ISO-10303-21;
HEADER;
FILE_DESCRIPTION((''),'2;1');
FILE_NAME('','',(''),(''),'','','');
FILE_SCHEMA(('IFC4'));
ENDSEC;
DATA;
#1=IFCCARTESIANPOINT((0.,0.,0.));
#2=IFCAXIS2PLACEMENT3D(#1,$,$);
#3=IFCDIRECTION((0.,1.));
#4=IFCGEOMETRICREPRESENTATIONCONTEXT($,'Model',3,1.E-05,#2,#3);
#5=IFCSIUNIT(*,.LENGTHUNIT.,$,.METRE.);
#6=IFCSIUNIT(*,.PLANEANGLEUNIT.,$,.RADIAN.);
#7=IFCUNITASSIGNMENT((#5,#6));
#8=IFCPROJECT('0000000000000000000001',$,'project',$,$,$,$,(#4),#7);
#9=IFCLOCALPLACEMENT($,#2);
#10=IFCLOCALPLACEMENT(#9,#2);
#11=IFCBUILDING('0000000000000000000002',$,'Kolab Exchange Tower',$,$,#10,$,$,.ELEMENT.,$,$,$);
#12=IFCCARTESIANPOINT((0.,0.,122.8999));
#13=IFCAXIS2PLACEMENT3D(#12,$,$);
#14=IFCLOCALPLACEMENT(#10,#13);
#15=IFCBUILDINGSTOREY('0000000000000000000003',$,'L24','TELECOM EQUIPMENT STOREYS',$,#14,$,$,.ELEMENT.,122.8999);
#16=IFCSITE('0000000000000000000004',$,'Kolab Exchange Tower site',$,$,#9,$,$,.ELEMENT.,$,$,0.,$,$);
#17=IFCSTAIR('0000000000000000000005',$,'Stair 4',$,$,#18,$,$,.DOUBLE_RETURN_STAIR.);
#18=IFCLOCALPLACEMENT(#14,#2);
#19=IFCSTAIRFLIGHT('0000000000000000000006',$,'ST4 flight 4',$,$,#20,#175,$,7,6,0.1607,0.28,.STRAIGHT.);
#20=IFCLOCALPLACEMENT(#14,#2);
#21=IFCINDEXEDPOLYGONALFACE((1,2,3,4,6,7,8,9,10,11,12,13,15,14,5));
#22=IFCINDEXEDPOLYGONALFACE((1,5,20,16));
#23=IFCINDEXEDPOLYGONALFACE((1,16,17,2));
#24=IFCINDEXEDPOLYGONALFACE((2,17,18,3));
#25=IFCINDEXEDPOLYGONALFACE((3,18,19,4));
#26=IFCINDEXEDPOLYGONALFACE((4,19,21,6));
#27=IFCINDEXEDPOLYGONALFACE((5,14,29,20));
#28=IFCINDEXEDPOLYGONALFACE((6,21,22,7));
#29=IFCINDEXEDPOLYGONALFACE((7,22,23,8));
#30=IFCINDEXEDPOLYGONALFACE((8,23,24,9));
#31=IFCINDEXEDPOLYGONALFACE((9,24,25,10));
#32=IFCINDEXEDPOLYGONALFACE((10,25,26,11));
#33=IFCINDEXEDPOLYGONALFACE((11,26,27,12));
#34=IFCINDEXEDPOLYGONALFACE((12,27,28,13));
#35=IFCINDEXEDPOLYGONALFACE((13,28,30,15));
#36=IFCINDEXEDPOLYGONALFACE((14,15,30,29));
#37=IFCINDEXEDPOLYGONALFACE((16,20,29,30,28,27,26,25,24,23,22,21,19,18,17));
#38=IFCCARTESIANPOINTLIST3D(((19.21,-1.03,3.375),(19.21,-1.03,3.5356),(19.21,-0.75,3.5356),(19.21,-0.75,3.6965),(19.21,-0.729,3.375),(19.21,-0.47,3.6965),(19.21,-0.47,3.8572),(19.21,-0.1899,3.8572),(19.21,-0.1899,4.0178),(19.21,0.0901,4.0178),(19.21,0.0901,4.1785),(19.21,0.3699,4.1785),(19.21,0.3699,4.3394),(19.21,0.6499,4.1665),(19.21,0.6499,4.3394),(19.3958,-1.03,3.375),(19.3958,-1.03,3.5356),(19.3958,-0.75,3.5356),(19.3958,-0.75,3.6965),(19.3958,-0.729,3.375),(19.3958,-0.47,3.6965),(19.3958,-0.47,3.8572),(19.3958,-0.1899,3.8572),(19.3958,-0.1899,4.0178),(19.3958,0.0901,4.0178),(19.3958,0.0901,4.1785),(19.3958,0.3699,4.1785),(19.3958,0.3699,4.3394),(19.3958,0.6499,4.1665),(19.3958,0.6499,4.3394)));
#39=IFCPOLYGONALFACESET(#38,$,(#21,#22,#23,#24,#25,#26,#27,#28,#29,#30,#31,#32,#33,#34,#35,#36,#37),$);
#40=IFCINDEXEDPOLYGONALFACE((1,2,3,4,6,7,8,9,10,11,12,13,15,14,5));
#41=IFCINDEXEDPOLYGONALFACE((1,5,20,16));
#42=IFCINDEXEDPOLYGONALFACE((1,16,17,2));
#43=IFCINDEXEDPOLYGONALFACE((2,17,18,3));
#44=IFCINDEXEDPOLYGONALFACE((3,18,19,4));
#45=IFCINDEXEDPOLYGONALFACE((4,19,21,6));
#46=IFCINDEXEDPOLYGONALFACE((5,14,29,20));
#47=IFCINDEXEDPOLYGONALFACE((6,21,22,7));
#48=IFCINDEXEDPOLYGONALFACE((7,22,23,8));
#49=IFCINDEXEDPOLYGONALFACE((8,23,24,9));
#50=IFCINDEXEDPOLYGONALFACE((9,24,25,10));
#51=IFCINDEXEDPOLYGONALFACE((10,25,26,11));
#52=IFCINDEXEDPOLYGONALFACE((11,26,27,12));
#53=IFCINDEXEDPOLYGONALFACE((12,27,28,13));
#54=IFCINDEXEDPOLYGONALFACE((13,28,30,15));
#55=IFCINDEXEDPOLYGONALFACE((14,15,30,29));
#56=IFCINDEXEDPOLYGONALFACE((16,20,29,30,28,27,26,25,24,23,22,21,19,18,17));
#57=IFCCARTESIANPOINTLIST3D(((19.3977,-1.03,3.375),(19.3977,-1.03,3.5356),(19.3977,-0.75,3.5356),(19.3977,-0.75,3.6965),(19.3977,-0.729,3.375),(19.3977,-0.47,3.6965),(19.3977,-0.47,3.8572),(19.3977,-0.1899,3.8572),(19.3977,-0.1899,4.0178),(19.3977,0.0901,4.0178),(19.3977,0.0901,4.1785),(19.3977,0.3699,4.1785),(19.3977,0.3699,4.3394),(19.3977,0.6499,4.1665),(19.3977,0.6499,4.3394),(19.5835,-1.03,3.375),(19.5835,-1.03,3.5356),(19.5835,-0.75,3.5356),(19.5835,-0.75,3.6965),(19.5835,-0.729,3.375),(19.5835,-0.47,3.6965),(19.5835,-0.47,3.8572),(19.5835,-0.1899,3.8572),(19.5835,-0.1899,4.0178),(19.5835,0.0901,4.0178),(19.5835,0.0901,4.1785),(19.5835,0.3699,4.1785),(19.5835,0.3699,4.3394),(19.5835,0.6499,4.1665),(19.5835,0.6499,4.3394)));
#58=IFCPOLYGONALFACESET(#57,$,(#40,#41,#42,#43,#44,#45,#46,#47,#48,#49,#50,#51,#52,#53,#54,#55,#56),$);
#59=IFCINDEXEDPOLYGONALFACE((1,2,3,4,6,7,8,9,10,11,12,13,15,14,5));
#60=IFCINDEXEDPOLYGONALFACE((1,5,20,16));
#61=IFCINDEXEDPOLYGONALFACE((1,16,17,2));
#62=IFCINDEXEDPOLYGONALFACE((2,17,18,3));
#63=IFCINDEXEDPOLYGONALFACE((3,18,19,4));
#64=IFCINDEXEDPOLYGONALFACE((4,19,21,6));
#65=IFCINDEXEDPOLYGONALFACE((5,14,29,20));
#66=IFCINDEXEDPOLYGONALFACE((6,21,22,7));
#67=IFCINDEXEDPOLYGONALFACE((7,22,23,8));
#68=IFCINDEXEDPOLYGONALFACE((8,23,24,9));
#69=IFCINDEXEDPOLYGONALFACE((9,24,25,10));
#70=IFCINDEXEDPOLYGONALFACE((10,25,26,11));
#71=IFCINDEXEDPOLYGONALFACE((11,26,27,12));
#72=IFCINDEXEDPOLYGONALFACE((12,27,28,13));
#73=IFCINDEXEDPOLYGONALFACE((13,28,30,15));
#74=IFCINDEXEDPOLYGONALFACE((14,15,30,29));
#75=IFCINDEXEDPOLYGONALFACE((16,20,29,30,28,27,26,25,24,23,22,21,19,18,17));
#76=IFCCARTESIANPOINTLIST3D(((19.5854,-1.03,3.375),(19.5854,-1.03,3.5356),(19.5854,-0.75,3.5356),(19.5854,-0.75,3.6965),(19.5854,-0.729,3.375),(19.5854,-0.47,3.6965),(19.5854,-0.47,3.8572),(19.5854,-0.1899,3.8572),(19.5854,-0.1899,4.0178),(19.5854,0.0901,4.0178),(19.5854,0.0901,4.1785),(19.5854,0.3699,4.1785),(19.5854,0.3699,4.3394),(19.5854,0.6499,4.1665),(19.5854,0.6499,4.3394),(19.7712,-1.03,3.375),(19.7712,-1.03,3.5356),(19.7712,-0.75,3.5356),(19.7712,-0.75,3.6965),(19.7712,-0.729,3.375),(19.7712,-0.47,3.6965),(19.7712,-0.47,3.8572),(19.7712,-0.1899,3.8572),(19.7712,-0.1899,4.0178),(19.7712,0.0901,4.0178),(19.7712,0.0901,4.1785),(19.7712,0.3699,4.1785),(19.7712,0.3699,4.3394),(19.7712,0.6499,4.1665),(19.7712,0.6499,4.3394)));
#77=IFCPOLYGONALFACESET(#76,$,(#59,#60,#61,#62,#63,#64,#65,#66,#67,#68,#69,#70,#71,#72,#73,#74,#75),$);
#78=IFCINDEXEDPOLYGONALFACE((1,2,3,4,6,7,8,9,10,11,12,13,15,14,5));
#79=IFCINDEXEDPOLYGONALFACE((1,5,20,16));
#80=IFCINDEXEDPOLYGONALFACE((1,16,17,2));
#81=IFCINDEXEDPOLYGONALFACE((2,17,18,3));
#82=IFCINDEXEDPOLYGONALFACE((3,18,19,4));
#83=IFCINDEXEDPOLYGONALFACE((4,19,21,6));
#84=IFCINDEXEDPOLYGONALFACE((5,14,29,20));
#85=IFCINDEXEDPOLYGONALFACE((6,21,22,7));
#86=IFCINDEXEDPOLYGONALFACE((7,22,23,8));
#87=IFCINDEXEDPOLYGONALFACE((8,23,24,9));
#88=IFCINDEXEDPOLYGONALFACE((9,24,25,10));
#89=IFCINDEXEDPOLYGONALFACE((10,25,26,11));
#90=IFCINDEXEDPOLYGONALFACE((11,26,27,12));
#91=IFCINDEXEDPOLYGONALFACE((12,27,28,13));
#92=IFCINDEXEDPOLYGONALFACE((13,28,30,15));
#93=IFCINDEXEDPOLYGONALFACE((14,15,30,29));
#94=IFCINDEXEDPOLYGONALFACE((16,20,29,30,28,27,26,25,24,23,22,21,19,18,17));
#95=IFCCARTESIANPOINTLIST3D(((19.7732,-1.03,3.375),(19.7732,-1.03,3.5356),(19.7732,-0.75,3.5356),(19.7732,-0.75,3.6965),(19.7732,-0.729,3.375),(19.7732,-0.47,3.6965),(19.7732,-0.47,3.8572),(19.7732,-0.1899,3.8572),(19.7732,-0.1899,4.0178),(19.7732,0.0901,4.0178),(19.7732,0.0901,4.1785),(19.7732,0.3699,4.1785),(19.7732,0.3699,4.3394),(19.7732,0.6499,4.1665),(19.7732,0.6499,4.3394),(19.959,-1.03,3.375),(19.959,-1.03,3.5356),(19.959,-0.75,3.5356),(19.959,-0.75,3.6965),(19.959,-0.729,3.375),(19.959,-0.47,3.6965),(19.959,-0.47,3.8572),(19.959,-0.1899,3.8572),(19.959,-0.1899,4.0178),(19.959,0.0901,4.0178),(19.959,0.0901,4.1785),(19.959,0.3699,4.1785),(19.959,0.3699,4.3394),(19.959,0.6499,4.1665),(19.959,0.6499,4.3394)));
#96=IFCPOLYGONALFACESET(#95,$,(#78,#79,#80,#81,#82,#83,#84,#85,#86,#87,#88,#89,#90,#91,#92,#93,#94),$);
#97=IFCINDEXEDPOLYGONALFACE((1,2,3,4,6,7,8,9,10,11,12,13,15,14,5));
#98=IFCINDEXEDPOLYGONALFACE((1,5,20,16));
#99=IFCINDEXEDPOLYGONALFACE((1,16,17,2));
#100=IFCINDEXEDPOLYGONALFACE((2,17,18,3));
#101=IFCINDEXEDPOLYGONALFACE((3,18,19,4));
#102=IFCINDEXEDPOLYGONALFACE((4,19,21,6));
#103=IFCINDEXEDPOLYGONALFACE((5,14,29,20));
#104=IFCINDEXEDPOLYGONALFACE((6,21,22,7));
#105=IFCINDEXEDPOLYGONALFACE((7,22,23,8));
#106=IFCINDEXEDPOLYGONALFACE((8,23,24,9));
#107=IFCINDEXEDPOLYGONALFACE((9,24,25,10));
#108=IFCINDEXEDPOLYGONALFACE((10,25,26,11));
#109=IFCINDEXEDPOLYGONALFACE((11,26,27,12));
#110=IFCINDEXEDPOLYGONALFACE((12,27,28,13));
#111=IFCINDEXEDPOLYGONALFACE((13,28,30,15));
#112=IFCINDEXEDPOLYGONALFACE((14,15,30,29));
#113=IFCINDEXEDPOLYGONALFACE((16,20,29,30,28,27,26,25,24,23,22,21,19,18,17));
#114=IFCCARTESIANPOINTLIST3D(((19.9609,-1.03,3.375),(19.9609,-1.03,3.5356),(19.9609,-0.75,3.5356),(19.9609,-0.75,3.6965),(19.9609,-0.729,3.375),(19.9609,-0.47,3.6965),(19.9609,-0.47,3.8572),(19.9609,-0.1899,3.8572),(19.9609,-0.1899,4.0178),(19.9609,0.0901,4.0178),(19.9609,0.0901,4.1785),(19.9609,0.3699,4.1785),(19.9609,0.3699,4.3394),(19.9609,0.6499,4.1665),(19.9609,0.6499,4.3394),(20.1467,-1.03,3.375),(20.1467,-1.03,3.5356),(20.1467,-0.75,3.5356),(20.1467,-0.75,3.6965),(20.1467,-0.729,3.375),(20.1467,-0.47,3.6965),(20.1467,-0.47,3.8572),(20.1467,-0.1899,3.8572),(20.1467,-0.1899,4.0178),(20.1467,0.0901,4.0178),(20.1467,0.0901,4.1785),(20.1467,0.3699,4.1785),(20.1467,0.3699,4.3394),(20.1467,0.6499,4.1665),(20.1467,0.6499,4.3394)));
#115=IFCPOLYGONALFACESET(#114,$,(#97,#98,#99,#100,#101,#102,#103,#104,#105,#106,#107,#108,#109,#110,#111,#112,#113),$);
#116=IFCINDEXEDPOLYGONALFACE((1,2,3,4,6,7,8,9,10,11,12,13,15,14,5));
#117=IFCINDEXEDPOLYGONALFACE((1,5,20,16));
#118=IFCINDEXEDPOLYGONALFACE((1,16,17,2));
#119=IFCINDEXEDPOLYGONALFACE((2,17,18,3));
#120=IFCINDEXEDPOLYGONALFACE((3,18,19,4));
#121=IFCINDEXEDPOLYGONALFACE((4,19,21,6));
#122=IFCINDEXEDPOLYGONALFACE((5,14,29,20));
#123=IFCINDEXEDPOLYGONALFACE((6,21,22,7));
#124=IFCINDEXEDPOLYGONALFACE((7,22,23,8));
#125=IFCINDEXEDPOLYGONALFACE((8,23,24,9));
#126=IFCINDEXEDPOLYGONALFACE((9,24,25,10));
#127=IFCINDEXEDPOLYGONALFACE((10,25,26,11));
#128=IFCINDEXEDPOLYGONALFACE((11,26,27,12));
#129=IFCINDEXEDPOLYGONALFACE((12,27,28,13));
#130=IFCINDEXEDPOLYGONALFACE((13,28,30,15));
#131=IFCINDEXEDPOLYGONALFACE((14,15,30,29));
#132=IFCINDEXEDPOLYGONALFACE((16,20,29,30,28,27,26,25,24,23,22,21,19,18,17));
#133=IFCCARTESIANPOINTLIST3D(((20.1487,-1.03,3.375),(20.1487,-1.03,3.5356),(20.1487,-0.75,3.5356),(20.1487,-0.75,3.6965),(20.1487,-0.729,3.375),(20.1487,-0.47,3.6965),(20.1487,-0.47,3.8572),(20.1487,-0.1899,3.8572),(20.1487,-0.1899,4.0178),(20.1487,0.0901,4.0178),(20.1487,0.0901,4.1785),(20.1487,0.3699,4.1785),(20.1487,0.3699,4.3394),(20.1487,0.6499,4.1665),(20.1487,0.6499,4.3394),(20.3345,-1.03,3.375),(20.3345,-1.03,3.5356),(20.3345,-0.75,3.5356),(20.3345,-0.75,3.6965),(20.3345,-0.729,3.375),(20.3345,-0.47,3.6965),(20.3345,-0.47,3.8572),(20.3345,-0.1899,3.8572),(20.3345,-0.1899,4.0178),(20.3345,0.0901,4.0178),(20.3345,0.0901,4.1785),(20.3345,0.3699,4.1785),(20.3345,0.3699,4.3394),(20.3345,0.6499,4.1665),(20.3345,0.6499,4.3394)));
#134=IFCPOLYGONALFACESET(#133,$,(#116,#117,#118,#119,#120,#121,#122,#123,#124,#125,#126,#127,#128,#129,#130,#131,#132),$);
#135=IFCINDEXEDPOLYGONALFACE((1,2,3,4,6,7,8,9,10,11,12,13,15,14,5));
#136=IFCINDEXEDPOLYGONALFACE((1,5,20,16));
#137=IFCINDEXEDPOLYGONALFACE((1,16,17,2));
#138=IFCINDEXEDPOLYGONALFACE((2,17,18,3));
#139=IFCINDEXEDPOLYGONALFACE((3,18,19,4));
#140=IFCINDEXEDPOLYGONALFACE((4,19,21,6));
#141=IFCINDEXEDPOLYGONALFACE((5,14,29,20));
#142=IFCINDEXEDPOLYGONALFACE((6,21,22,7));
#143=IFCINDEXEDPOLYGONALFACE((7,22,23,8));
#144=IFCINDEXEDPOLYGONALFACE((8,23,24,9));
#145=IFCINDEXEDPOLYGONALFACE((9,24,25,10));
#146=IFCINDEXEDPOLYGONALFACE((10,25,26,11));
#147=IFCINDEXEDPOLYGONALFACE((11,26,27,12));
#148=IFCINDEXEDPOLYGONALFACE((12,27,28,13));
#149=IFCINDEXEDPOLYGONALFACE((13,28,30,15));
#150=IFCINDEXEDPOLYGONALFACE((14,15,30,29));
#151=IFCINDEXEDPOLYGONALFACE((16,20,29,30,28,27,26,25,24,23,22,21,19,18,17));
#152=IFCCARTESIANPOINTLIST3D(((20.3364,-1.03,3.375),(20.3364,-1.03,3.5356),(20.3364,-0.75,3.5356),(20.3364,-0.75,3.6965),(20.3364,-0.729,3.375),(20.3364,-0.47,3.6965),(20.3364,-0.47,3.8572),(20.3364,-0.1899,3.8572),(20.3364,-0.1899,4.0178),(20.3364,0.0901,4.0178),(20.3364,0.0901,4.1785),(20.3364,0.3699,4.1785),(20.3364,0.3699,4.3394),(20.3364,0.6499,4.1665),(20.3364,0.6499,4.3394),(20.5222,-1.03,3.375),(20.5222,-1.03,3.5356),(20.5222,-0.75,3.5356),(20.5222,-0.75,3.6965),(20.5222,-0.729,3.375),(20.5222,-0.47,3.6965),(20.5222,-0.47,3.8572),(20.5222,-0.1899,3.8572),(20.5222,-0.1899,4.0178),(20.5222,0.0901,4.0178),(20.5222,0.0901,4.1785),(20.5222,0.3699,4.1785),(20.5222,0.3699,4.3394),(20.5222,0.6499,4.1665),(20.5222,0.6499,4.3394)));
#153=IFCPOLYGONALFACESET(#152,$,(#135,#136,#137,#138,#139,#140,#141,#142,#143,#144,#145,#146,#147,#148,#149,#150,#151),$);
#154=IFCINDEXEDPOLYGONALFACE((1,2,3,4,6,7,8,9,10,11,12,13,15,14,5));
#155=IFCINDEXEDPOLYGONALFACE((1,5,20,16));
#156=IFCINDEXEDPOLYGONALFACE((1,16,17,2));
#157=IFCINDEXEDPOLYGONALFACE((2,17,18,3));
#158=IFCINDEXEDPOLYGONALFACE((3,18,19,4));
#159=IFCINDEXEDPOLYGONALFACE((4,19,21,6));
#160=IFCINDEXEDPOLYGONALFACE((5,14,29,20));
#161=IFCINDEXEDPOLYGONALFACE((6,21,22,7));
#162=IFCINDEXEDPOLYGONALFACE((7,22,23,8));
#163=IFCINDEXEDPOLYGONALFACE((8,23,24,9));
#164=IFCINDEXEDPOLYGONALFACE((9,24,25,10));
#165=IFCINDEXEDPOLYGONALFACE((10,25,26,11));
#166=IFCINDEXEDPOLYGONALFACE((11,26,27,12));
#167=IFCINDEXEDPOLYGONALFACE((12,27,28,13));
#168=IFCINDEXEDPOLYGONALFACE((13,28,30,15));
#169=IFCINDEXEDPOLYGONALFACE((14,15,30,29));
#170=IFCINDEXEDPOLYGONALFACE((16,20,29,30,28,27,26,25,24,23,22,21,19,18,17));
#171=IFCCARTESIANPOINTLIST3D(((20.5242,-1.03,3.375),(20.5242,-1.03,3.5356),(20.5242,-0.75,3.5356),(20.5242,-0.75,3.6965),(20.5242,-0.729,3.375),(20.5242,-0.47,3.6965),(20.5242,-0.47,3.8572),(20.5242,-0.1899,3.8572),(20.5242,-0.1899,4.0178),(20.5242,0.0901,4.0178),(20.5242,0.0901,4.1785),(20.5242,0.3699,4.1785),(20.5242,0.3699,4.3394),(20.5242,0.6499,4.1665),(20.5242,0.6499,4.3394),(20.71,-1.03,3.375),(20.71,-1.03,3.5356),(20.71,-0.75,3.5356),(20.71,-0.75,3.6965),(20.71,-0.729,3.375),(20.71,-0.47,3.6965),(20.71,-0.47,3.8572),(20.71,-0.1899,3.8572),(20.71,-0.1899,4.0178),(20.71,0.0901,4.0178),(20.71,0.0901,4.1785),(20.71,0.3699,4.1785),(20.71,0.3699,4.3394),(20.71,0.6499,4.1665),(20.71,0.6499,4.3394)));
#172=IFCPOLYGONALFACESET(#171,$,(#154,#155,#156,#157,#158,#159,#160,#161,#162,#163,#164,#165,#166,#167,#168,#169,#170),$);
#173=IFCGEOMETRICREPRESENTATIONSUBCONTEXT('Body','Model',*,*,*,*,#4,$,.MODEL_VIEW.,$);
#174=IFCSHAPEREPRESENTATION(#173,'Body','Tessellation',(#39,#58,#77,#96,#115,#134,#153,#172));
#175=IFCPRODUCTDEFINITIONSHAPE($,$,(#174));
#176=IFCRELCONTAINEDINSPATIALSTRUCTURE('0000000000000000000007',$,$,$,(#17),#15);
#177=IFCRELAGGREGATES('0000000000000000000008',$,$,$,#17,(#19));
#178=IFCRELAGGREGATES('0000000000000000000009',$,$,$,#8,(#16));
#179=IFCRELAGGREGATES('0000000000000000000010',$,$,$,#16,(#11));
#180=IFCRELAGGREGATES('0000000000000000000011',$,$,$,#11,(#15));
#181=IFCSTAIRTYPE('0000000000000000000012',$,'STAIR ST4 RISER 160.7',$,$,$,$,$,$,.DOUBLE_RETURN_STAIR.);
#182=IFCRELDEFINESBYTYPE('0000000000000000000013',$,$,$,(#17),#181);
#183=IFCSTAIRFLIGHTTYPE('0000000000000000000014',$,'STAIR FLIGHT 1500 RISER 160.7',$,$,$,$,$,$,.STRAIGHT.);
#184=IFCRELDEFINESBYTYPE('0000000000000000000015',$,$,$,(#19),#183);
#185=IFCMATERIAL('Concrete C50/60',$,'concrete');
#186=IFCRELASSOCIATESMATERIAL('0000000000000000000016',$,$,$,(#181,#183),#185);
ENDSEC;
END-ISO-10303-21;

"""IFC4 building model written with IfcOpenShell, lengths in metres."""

from ifc_helpers import new_model, si_unit, direction, frame, origin, place, context, subcontext, project, spatial, polyline, outline, extrude, material, type_object, element, aggregate, save


model = new_model("IFC4")

# Units and contexts
model_context = context("Model", 3, precision=1e-05, world=origin(), true_north=direction((0.0, 1.0)))
body_context = subcontext(model_context, "Body", "Model", "MODEL_VIEW")
ifc_project = project(units=[si_unit("LENGTHUNIT", "METRE"), si_unit("PLANEANGLEUNIT", "RADIAN")], contexts=[model_context])

# Site, building, storey
site_placement = place(None, origin())
site = spatial("IfcSite", under=ifc_project, at=site_placement, Name="Kolab Exchange Tower site", CompositionType="ELEMENT", RefElevation=0.0)
building_placement = place(site_placement, origin())
building = spatial("IfcBuilding", under=site, at=building_placement, Name="Kolab Exchange Tower", CompositionType="ELEMENT")
storey_placement = place(building_placement, frame((0.0, 0.0, 122.8999)))
storey = spatial("IfcBuildingStorey", under=building, at=storey_placement, Name="L24", Description="TELECOM EQUIPMENT STOREYS", CompositionType="ELEMENT", Elevation=122.8999)

# Shared definitions
ifc_material_1 = material(Name="Concrete C50/60", Category="concrete")

# Stair, stair flight
stair_type = type_object("IfcStairType", Name="STAIR ST4 RISER 160.7", PredefinedType="DOUBLE_RETURN_STAIR", material=ifc_material_1)
stair_placement = place(storey_placement, origin())
stair = element("IfcStair", 1, at=stair_placement, inside=storey, type_object=stair_type, Name="Stair 4", PredefinedType="DOUBLE_RETURN_STAIR")
stair_flight_type = type_object("IfcStairFlightType", Name="STAIR FLIGHT 1500 RISER 160.7", PredefinedType="STRAIGHT", material=ifc_material_1)
stair_flight_1_placement = place(storey_placement, frame((19.96, -1.03, 3.375), z_axis=(0.0, 0.0, 1.0), x_axis=(0.0, 1.0, 0.0)))
stair_flight_1 = element("IfcStairFlight", 2, at=stair_flight_1_placement, type_object=stair_flight_type, Name="ST4 flight 4", NumberOfRisers=7, NumberOfTreads=6, PredefinedType="STRAIGHT", RiserHeight=0.1607, TreadLength=0.28, context=body_context, shape_type="SweptSolid", body=[
    extrude(outline(polyline([(0.0, 0.0), (0.0, 0.1606), (0.28, 0.1606), (0.28, 0.3215), (0.5601, 0.3215), (0.5601, 0.4822), (0.8401, 0.4822), (0.8401, 0.6428), (1.1201, 0.6428), (1.1201, 0.8035), (1.3999, 0.8035), (1.3999, 0.9644), (1.6799, 0.9644), (1.6799, 1.125), (1.6799, 0.7915), (0.301, 0.0), (0.0, 0.0)])), frame((0.0, 0.75, 0.0), z_axis=(0.0, -1.0, 0.0), x_axis=(1.0, 0.0, 0.0)), (0.0, 0.0, 1.0), 0.1858),
    extrude(outline(polyline([(0.0, 0.0), (0.0, 0.1606), (0.28, 0.1606), (0.28, 0.3215), (0.5601, 0.3215), (0.5601, 0.4822), (0.8401, 0.4822), (0.8401, 0.6428), (1.1201, 0.6428), (1.1201, 0.8035), (1.3999, 0.8035), (1.3999, 0.9644), (1.6799, 0.9644), (1.6799, 1.125), (1.6799, 0.7915), (0.301, 0.0), (0.0, 0.0)])), frame((0.0, 0.5623, 0.0), z_axis=(0.0, -1.0, 0.0), x_axis=(1.0, 0.0, 0.0)), (0.0, 0.0, 1.0), 0.1858),
    extrude(outline(polyline([(0.0, 0.0), (0.0, 0.1606), (0.28, 0.1606), (0.28, 0.3215), (0.5601, 0.3215), (0.5601, 0.4822), (0.8401, 0.4822), (0.8401, 0.6428), (1.1201, 0.6428), (1.1201, 0.8035), (1.3999, 0.8035), (1.3999, 0.9644), (1.6799, 0.9644), (1.6799, 1.125), (1.6799, 0.7915), (0.301, 0.0), (0.0, 0.0)])), frame((0.0, 0.3745, 0.0), z_axis=(0.0, -1.0, 0.0), x_axis=(1.0, 0.0, 0.0)), (0.0, 0.0, 1.0), 0.1858),
    extrude(outline(polyline([(0.0, 0.0), (0.0, 0.1606), (0.28, 0.1606), (0.28, 0.3215), (0.5601, 0.3215), (0.5601, 0.4822), (0.8401, 0.4822), (0.8401, 0.6428), (1.1201, 0.6428), (1.1201, 0.8035), (1.3999, 0.8035), (1.3999, 0.9644), (1.6799, 0.9644), (1.6799, 1.125), (1.6799, 0.7915), (0.301, 0.0), (0.0, 0.0)])), frame((0.0, 0.1868, 0.0), z_axis=(0.0, -1.0, 0.0), x_axis=(1.0, 0.0, 0.0)), (0.0, 0.0, 1.0), 0.1858),
    extrude(outline(polyline([(0.0, 0.0), (0.0, 0.1606), (0.28, 0.1606), (0.28, 0.3215), (0.5601, 0.3215), (0.5601, 0.4822), (0.8401, 0.4822), (0.8401, 0.6428), (1.1201, 0.6428), (1.1201, 0.8035), (1.3999, 0.8035), (1.3999, 0.9644), (1.6799, 0.9644), (1.6799, 1.125), (1.6799, 0.7915), (0.301, 0.0), (0.0, 0.0)])), frame((0.0, -0.001, 0.0), z_axis=(0.0, -1.0, 0.0), x_axis=(1.0, 0.0, 0.0)), (0.0, 0.0, 1.0), 0.1858),
    extrude(outline(polyline([(0.0, 0.0), (0.0, 0.1606), (0.28, 0.1606), (0.28, 0.3215), (0.5601, 0.3215), (0.5601, 0.4822), (0.8401, 0.4822), (0.8401, 0.6428), (1.1201, 0.6428), (1.1201, 0.8035), (1.3999, 0.8035), (1.3999, 0.9644), (1.6799, 0.9644), (1.6799, 1.125), (1.6799, 0.7915), (0.301, 0.0), (0.0, 0.0)])), frame((0.0, -0.1887, 0.0), z_axis=(0.0, -1.0, 0.0), x_axis=(1.0, 0.0, 0.0)), (0.0, 0.0, 1.0), 0.1858),
    extrude(outline(polyline([(0.0, 0.0), (0.0, 0.1606), (0.28, 0.1606), (0.28, 0.3215), (0.5601, 0.3215), (0.5601, 0.4822), (0.8401, 0.4822), (0.8401, 0.6428), (1.1201, 0.6428), (1.1201, 0.8035), (1.3999, 0.8035), (1.3999, 0.9644), (1.6799, 0.9644), (1.6799, 1.125), (1.6799, 0.7915), (0.301, 0.0), (0.0, 0.0)])), frame((0.0, -0.3765, 0.0), z_axis=(0.0, -1.0, 0.0), x_axis=(1.0, 0.0, 0.0)), (0.0, 0.0, 1.0), 0.1858),
    extrude(outline(polyline([(0.0, 0.0), (0.0, 0.1606), (0.28, 0.1606), (0.28, 0.3215), (0.5601, 0.3215), (0.5601, 0.4822), (0.8401, 0.4822), (0.8401, 0.6428), (1.1201, 0.6428), (1.1201, 0.8035), (1.3999, 0.8035), (1.3999, 0.9644), (1.6799, 0.9644), (1.6799, 1.125), (1.6799, 0.7915), (0.301, 0.0), (0.0, 0.0)])), frame((0.0, -0.5642, 0.0), z_axis=(0.0, -1.0, 0.0), x_axis=(1.0, 0.0, 0.0)), (0.0, 0.0, 1.0), 0.1858),
])
aggregate(stair, [stair_flight_1])

save(model, "model.ifc")
